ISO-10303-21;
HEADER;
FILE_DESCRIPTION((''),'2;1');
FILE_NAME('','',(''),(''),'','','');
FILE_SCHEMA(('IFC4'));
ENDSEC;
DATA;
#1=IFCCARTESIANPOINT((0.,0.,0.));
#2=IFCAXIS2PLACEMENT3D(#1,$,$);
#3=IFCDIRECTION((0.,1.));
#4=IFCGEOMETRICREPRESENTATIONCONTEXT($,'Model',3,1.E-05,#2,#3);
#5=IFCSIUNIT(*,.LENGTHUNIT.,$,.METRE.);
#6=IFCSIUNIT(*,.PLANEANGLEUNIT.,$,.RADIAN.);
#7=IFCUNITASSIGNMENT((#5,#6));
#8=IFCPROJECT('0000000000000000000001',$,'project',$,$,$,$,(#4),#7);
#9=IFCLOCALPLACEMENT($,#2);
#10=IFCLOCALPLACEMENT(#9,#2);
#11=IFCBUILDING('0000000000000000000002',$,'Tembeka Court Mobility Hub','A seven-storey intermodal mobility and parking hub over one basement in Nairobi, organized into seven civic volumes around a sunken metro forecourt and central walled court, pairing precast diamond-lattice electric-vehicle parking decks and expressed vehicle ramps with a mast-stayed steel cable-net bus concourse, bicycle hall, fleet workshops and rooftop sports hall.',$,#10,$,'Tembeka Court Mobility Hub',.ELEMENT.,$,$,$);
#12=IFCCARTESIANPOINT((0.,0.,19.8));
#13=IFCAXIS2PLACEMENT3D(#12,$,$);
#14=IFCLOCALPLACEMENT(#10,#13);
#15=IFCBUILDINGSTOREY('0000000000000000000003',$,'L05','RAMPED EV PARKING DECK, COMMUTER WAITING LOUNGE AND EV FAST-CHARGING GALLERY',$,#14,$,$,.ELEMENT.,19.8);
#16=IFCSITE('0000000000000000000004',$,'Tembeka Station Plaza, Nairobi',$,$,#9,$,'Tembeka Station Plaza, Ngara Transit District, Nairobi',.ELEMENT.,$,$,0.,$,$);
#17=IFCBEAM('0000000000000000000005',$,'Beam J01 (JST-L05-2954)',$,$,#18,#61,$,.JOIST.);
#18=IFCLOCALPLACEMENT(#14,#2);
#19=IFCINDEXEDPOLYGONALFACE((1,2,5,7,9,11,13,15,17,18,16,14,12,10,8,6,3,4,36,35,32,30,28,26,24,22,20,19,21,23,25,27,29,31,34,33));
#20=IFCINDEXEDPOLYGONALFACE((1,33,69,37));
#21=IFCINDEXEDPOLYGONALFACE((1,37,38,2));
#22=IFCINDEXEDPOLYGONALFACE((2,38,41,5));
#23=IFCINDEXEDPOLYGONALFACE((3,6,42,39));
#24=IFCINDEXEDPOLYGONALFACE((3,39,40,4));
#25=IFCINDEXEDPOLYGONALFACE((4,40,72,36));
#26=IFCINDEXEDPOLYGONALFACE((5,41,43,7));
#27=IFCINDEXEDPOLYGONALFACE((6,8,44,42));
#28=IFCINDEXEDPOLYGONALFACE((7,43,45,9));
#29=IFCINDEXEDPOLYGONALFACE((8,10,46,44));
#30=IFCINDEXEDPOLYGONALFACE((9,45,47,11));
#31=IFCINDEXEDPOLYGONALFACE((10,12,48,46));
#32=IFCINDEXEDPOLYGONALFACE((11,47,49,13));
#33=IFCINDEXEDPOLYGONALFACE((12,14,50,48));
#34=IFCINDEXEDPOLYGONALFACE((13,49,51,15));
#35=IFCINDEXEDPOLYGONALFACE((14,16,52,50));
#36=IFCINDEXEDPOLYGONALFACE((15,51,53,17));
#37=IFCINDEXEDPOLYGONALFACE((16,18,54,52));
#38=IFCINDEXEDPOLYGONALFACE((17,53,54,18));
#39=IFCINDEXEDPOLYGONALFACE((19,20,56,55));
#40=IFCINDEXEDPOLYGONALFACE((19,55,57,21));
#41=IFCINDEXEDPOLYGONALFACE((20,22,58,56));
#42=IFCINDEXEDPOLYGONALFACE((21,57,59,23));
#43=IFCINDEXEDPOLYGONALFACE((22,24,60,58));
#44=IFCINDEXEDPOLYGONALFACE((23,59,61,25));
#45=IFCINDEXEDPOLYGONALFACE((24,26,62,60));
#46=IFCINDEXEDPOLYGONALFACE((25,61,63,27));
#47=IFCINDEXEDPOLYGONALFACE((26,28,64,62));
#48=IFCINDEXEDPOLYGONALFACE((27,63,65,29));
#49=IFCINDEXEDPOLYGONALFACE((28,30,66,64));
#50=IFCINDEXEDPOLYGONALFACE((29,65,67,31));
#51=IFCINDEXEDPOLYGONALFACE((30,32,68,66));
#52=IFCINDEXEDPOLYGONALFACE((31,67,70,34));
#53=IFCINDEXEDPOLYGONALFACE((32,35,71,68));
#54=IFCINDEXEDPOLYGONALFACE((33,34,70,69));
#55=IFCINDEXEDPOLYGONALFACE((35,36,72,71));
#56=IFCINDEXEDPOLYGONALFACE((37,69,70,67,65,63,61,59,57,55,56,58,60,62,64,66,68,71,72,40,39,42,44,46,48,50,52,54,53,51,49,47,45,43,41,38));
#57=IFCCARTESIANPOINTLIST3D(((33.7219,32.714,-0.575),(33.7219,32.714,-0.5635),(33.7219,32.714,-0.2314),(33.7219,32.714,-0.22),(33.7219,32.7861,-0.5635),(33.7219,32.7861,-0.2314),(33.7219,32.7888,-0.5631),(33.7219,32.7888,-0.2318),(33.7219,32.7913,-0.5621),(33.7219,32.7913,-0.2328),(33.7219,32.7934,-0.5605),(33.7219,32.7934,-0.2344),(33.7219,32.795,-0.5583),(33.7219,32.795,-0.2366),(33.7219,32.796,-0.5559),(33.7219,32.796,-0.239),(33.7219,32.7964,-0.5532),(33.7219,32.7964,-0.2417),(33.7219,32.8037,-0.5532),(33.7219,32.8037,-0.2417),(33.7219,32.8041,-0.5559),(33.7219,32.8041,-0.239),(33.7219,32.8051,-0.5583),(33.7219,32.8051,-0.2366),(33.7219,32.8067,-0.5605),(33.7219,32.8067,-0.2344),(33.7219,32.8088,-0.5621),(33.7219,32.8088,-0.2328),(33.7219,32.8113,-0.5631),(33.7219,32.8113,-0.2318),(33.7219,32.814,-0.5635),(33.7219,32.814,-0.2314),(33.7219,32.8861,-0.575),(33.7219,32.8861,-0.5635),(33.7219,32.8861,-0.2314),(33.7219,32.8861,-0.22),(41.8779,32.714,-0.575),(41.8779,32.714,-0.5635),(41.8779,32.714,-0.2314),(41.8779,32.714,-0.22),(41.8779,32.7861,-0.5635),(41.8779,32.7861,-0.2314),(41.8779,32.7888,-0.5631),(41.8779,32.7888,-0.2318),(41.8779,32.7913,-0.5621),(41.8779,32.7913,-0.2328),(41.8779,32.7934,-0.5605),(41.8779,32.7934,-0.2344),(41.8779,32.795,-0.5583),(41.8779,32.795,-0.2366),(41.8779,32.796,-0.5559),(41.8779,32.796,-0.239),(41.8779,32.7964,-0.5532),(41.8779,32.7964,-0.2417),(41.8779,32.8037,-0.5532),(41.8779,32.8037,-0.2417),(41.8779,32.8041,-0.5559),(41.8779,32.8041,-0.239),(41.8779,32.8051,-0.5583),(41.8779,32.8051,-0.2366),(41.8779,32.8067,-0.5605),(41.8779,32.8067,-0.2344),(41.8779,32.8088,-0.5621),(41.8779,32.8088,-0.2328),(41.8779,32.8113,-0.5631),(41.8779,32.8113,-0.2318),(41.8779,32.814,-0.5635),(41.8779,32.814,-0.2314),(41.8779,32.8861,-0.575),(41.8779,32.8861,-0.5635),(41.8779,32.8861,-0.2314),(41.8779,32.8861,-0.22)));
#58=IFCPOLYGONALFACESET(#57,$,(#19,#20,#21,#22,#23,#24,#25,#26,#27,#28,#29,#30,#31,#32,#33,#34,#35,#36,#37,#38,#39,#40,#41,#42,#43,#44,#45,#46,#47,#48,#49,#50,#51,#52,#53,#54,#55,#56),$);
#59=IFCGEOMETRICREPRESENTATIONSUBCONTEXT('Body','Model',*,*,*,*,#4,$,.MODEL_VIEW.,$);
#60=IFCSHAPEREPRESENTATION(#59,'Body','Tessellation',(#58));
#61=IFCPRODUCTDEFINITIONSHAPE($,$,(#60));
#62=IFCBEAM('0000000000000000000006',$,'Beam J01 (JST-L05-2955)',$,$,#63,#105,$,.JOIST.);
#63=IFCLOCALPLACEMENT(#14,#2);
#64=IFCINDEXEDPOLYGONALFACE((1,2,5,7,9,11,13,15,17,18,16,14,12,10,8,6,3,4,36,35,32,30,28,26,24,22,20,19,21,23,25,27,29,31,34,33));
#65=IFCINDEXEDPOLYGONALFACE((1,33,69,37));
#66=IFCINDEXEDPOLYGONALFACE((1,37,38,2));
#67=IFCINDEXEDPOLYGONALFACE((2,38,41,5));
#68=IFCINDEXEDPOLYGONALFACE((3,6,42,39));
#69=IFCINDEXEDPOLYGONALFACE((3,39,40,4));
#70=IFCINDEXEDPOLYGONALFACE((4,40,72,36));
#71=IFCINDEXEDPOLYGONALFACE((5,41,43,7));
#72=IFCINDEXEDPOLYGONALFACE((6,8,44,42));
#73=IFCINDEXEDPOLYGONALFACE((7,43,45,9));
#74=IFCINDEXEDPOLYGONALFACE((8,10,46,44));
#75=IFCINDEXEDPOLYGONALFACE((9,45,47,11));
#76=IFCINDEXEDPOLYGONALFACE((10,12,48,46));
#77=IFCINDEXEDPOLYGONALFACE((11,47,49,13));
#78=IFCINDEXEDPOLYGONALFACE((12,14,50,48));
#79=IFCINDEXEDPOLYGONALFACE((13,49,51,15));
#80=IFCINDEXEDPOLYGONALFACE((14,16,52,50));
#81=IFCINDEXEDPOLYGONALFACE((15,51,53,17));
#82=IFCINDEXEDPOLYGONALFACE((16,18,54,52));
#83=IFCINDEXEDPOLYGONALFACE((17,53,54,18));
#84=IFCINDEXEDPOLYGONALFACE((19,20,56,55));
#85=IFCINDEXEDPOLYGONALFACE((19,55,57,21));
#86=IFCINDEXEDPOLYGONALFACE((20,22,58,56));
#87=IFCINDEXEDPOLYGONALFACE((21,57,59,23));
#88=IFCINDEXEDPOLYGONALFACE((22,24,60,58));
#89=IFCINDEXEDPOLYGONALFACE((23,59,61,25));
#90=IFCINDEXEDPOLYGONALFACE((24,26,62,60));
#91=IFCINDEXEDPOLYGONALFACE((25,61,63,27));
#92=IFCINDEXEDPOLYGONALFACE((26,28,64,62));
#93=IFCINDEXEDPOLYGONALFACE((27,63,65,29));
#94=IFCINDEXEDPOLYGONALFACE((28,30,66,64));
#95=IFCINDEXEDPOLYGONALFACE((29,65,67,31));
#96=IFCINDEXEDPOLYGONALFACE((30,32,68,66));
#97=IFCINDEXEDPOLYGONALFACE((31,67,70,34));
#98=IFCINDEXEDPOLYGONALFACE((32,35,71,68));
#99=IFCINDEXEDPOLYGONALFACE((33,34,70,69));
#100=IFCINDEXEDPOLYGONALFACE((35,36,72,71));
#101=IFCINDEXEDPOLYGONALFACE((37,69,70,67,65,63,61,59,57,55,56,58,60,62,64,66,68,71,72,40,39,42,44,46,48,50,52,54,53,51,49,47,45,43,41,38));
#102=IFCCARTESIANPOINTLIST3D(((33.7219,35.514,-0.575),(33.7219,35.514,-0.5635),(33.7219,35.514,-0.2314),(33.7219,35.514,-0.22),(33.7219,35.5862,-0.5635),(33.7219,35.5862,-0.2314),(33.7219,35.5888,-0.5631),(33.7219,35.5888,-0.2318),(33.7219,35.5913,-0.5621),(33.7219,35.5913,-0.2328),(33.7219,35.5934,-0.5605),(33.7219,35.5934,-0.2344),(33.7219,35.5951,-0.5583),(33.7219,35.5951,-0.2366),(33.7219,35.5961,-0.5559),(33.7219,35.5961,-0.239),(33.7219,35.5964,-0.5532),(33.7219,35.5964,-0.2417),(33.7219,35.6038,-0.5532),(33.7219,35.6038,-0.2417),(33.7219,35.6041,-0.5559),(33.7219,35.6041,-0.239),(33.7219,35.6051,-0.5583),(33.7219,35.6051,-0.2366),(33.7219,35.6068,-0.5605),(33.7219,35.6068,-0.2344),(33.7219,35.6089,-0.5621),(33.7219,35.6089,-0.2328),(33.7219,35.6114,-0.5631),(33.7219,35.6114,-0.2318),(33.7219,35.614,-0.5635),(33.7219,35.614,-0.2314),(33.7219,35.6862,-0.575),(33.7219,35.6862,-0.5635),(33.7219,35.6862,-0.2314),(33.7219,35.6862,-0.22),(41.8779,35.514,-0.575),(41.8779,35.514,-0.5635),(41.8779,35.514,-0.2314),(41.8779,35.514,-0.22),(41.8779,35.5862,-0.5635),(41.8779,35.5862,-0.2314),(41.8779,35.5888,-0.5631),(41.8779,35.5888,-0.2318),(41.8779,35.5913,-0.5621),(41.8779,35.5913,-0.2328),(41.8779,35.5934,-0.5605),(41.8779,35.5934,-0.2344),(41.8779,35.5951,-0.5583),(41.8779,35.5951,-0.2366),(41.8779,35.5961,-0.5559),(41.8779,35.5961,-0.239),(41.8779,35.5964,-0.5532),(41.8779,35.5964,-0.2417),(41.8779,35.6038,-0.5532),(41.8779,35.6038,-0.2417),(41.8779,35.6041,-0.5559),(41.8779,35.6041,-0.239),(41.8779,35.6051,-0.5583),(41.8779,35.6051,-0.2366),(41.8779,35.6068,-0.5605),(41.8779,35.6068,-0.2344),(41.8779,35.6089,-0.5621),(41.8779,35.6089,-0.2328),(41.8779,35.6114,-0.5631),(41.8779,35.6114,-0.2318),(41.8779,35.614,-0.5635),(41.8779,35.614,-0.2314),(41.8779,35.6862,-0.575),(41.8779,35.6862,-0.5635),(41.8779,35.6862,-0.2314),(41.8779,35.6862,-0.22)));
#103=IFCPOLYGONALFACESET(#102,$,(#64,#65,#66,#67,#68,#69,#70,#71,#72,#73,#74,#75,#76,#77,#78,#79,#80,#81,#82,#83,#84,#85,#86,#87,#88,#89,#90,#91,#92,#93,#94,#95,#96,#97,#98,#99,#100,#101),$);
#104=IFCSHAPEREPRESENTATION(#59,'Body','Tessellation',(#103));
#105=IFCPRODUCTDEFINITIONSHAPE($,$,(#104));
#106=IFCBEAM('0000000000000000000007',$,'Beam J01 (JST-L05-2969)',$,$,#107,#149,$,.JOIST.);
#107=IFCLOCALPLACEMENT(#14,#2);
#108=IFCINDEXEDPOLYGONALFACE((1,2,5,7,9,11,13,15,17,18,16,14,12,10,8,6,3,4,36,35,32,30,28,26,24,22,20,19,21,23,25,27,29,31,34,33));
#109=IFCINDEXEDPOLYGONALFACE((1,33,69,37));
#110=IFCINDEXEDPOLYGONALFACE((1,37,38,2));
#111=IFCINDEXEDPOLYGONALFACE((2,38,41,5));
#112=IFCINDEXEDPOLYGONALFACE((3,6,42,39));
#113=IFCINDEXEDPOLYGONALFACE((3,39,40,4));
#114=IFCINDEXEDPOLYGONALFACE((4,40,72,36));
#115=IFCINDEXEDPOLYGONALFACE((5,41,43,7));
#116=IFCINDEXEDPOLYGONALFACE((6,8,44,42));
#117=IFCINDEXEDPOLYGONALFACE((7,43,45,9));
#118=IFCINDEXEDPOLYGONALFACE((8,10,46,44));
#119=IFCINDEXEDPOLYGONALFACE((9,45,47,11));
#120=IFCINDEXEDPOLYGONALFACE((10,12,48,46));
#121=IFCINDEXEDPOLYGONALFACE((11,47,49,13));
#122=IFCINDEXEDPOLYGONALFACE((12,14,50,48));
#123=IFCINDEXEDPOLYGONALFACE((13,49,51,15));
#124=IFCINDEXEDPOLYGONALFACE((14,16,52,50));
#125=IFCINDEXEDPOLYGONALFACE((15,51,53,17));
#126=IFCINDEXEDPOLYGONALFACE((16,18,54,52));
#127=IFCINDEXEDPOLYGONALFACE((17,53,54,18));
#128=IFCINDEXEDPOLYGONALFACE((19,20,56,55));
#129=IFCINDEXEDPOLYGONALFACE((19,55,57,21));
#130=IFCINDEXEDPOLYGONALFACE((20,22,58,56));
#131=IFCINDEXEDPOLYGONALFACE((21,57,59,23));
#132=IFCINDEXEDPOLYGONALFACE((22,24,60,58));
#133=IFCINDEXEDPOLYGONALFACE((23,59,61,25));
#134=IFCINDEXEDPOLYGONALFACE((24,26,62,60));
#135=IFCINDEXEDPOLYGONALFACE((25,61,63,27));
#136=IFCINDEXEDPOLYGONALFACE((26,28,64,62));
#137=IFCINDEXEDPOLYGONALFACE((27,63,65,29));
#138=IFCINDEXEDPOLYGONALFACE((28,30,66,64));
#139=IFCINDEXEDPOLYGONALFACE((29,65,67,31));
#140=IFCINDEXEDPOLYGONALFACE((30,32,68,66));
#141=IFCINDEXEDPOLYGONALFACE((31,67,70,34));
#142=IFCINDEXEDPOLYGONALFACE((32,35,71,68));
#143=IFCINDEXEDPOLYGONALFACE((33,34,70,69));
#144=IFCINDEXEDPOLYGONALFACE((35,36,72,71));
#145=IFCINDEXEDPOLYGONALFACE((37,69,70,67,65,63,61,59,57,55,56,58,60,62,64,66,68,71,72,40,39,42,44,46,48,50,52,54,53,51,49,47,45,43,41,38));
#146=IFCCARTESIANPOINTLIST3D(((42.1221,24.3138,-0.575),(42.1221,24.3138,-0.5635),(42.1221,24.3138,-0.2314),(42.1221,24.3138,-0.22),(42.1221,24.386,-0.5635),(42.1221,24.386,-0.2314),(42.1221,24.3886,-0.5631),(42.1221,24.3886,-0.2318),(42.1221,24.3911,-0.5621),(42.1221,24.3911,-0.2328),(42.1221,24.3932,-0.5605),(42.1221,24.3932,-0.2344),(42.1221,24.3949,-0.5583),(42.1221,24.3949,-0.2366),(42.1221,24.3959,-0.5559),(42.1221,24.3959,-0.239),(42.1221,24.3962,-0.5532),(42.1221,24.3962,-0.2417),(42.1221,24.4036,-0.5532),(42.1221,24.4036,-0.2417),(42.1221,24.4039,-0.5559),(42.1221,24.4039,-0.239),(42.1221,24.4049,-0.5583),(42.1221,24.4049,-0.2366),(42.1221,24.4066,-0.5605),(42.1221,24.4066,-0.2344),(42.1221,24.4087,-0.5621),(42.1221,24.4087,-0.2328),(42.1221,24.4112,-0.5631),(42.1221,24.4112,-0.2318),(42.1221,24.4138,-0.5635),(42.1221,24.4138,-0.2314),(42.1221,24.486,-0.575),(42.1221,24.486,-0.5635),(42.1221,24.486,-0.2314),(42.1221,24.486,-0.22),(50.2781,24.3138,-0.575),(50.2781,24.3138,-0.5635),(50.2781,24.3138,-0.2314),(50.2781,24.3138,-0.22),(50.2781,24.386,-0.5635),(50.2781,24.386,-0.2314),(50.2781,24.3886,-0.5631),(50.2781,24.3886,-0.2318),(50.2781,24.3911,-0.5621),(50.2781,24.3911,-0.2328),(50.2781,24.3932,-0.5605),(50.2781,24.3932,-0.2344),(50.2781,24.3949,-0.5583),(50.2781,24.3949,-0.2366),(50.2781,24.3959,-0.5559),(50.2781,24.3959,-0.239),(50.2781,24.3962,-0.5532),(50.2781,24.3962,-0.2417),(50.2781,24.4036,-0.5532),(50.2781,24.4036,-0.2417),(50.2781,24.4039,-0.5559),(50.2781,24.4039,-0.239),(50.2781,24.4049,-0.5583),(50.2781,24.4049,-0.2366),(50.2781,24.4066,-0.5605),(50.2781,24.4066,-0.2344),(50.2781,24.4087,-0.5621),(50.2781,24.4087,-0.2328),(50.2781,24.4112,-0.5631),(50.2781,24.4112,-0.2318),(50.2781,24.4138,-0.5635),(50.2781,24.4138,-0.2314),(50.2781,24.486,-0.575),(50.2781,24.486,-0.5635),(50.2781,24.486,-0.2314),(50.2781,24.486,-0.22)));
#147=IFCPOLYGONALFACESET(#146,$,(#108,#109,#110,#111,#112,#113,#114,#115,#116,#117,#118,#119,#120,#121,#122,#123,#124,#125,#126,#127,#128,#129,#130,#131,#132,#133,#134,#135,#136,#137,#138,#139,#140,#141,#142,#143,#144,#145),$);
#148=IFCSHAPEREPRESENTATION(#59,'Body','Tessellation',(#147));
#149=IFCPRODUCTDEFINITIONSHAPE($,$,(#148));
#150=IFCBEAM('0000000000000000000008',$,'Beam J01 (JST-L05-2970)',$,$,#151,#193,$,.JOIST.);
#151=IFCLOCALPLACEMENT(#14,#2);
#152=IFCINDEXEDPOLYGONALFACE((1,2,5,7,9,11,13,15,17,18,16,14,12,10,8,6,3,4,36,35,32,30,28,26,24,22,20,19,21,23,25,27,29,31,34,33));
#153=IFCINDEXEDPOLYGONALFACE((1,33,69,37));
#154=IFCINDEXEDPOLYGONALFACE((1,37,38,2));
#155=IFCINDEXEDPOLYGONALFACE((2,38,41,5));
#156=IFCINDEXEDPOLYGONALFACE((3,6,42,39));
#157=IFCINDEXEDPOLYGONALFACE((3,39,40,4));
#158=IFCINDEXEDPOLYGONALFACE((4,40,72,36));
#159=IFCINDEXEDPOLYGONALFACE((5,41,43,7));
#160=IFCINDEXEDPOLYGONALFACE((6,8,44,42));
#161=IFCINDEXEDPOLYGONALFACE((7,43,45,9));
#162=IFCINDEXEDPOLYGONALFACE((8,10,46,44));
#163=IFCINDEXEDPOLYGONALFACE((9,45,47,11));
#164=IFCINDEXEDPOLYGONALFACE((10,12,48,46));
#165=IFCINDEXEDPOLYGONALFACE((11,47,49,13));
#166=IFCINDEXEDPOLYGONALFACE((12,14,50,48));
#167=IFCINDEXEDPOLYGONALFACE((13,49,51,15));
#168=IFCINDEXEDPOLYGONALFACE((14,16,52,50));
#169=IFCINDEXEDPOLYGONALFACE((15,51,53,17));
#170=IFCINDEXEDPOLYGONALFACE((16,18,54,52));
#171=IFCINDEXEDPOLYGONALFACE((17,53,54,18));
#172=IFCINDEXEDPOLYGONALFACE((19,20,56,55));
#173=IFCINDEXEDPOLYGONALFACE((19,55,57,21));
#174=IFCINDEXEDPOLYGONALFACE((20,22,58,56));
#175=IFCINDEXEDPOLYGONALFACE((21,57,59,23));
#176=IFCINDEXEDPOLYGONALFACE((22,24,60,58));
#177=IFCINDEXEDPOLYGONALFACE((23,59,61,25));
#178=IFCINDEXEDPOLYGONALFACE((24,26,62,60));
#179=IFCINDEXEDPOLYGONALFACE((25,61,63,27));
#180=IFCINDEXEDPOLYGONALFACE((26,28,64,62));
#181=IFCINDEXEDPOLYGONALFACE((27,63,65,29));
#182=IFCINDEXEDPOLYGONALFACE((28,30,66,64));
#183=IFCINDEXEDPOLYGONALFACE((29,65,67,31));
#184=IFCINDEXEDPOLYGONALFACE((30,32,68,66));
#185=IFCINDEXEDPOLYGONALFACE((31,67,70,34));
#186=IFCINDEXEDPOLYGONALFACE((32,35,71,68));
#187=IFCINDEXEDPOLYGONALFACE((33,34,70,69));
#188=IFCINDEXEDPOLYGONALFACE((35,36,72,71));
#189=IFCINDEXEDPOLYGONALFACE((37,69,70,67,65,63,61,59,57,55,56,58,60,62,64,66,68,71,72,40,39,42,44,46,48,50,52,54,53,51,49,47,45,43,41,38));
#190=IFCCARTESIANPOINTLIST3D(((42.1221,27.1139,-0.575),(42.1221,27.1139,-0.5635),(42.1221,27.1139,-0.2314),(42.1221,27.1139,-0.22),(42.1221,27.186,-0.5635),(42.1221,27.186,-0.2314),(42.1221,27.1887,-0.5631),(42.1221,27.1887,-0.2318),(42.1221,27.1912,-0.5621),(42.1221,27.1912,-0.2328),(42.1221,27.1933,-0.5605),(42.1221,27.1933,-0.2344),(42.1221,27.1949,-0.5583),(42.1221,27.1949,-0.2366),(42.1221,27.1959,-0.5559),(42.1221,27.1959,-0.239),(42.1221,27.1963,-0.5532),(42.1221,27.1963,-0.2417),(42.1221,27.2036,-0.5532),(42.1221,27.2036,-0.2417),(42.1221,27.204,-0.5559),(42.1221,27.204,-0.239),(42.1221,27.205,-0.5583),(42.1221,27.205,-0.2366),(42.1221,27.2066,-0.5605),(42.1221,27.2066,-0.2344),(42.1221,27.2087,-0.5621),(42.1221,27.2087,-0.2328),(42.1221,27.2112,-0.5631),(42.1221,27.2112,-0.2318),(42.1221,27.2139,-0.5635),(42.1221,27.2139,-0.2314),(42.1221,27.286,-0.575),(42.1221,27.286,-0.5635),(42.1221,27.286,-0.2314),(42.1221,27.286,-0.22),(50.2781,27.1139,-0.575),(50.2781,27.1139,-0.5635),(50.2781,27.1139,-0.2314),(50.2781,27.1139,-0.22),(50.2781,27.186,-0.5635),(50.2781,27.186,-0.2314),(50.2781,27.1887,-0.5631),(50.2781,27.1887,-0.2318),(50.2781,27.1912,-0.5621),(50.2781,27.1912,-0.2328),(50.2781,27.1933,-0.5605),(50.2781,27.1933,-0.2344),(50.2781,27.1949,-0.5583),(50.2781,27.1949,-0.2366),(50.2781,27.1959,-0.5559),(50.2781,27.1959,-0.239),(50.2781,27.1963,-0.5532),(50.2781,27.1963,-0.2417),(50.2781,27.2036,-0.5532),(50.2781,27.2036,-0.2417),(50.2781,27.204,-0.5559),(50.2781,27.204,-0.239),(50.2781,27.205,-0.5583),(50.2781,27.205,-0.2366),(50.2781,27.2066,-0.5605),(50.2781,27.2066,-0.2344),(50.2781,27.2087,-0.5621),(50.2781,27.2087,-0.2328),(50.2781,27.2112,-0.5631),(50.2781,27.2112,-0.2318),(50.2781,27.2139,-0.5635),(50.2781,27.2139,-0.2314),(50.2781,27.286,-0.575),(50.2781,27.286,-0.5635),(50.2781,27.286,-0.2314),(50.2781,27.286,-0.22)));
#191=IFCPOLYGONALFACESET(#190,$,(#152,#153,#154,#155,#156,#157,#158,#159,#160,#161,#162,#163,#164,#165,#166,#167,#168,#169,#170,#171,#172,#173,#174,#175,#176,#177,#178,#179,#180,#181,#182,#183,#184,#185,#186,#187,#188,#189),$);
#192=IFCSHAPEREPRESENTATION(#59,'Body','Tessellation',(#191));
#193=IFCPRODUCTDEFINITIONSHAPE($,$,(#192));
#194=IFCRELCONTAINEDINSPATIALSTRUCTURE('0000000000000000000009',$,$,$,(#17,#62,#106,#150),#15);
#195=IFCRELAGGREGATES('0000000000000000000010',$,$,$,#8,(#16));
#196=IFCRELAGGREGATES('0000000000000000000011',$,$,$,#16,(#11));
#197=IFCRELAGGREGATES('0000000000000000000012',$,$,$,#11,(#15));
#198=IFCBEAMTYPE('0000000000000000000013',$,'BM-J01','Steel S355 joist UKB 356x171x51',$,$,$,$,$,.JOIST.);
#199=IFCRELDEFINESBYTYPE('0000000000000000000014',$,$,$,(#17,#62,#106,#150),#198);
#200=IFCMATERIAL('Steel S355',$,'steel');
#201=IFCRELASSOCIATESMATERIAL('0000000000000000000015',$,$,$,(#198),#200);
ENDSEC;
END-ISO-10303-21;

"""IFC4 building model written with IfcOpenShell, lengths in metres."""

from ifc_helpers import new_model, si_unit, direction, frame, origin, origin_2d, place, context, subcontext, project, spatial, i_section, extrude, material, material_profile, profile_set, type_object, element, save


model = new_model("IFC4")

# Units and contexts
model_context = context("Model", 3, precision=1e-05, world=origin(), true_north=direction((0.0, 1.0)))
body_context = subcontext(model_context, "Body", "Model", "MODEL_VIEW")
ifc_project = project(units=[si_unit("LENGTHUNIT", "METRE"), si_unit("PLANEANGLEUNIT", "RADIAN")], contexts=[model_context])

# Site, building, storey
site_placement = place(None, origin())
site = spatial("IfcSite", under=ifc_project, at=site_placement, Name="Tembeka Station Plaza, Nairobi", LongName="Tembeka Station Plaza, Ngara Transit District, Nairobi", CompositionType="ELEMENT", RefElevation=0.0)
building_placement = place(site_placement, origin())
building = spatial("IfcBuilding", under=site, at=building_placement, Name="Tembeka Court Mobility Hub", Description="A seven-storey intermodal mobility and parking hub over one basement in Nairobi, organized into seven civic volumes around a sunken metro forecourt and central walled court, pairing precast diamond-lattice electric-vehicle parking decks and expressed vehicle ramps with a mast-stayed steel cable-net bus concourse, bicycle hall, fleet workshops and rooftop sports hall.", LongName="Tembeka Court Mobility Hub", CompositionType="ELEMENT")
storey_placement = place(building_placement, frame((0.0, 0.0, 19.8)))
storey = spatial("IfcBuildingStorey", under=building, at=storey_placement, Name="L05", Description="RAMPED EV PARKING DECK, COMMUTER WAITING LOUNGE AND EV FAST-CHARGING GALLERY", CompositionType="ELEMENT", Elevation=19.8)

# Shared definitions
ifc_material_1 = material(Name="Steel S355", Category="steel")

# Beams
ifc_material_profile_1 = material_profile(ifc_material_1, i_section(OverallWidth=0.1721, OverallDepth=0.355, WebThickness=0.0073, FlangeThickness=0.0115, FilletRadius=0.0103, at=origin_2d()), Name="UKB 356x171x51")
ifc_profile_set_1 = profile_set([ifc_material_profile_1], Name="Steel S355")
beam_type_1 = type_object("IfcBeamType", Name="BM-J01", Description="Steel S355 joist UKB 356x171x51", PredefinedType="JOIST", material=ifc_profile_set_1)
for number, where, z_axis, x_axis, name in (
    (1, (33.7219, 32.8, -0.3975), (1.0, 0.0, 0.0), (0.0, 1.0, 0.0), "Beam J01 (JST-L05-2954)"),
    (2, (33.7219, 35.6001, -0.3975), (1.0, 0.0, 0.0), (0.0, 1.0, 0.0), "Beam J01 (JST-L05-2955)"),
    (3, (42.1221, 24.3999, -0.3975), (1.0, 0.0, 0.0), (0.0, 1.0, 0.0), "Beam J01 (JST-L05-2969)"),
    (4, (42.1221, 27.2, -0.3975), (1.0, 0.0, 0.0), (0.0, 1.0, 0.0), "Beam J01 (JST-L05-2970)"),
):
    element("IfcBeam", number, at=place(storey_placement, frame(where, z_axis=z_axis, x_axis=x_axis)), inside=storey, type_object=beam_type_1, Name=name, PredefinedType="JOIST", context=body_context, shape_type="SweptSolid", body=[
        extrude(i_section(OverallWidth=0.1721, OverallDepth=0.355, WebThickness=0.0073, FlangeThickness=0.0115, FilletRadius=0.0103, at=origin_2d()), origin(), (0.0, 0.0, 1.0), 8.156),
    ])

save(model, "model.ifc")
